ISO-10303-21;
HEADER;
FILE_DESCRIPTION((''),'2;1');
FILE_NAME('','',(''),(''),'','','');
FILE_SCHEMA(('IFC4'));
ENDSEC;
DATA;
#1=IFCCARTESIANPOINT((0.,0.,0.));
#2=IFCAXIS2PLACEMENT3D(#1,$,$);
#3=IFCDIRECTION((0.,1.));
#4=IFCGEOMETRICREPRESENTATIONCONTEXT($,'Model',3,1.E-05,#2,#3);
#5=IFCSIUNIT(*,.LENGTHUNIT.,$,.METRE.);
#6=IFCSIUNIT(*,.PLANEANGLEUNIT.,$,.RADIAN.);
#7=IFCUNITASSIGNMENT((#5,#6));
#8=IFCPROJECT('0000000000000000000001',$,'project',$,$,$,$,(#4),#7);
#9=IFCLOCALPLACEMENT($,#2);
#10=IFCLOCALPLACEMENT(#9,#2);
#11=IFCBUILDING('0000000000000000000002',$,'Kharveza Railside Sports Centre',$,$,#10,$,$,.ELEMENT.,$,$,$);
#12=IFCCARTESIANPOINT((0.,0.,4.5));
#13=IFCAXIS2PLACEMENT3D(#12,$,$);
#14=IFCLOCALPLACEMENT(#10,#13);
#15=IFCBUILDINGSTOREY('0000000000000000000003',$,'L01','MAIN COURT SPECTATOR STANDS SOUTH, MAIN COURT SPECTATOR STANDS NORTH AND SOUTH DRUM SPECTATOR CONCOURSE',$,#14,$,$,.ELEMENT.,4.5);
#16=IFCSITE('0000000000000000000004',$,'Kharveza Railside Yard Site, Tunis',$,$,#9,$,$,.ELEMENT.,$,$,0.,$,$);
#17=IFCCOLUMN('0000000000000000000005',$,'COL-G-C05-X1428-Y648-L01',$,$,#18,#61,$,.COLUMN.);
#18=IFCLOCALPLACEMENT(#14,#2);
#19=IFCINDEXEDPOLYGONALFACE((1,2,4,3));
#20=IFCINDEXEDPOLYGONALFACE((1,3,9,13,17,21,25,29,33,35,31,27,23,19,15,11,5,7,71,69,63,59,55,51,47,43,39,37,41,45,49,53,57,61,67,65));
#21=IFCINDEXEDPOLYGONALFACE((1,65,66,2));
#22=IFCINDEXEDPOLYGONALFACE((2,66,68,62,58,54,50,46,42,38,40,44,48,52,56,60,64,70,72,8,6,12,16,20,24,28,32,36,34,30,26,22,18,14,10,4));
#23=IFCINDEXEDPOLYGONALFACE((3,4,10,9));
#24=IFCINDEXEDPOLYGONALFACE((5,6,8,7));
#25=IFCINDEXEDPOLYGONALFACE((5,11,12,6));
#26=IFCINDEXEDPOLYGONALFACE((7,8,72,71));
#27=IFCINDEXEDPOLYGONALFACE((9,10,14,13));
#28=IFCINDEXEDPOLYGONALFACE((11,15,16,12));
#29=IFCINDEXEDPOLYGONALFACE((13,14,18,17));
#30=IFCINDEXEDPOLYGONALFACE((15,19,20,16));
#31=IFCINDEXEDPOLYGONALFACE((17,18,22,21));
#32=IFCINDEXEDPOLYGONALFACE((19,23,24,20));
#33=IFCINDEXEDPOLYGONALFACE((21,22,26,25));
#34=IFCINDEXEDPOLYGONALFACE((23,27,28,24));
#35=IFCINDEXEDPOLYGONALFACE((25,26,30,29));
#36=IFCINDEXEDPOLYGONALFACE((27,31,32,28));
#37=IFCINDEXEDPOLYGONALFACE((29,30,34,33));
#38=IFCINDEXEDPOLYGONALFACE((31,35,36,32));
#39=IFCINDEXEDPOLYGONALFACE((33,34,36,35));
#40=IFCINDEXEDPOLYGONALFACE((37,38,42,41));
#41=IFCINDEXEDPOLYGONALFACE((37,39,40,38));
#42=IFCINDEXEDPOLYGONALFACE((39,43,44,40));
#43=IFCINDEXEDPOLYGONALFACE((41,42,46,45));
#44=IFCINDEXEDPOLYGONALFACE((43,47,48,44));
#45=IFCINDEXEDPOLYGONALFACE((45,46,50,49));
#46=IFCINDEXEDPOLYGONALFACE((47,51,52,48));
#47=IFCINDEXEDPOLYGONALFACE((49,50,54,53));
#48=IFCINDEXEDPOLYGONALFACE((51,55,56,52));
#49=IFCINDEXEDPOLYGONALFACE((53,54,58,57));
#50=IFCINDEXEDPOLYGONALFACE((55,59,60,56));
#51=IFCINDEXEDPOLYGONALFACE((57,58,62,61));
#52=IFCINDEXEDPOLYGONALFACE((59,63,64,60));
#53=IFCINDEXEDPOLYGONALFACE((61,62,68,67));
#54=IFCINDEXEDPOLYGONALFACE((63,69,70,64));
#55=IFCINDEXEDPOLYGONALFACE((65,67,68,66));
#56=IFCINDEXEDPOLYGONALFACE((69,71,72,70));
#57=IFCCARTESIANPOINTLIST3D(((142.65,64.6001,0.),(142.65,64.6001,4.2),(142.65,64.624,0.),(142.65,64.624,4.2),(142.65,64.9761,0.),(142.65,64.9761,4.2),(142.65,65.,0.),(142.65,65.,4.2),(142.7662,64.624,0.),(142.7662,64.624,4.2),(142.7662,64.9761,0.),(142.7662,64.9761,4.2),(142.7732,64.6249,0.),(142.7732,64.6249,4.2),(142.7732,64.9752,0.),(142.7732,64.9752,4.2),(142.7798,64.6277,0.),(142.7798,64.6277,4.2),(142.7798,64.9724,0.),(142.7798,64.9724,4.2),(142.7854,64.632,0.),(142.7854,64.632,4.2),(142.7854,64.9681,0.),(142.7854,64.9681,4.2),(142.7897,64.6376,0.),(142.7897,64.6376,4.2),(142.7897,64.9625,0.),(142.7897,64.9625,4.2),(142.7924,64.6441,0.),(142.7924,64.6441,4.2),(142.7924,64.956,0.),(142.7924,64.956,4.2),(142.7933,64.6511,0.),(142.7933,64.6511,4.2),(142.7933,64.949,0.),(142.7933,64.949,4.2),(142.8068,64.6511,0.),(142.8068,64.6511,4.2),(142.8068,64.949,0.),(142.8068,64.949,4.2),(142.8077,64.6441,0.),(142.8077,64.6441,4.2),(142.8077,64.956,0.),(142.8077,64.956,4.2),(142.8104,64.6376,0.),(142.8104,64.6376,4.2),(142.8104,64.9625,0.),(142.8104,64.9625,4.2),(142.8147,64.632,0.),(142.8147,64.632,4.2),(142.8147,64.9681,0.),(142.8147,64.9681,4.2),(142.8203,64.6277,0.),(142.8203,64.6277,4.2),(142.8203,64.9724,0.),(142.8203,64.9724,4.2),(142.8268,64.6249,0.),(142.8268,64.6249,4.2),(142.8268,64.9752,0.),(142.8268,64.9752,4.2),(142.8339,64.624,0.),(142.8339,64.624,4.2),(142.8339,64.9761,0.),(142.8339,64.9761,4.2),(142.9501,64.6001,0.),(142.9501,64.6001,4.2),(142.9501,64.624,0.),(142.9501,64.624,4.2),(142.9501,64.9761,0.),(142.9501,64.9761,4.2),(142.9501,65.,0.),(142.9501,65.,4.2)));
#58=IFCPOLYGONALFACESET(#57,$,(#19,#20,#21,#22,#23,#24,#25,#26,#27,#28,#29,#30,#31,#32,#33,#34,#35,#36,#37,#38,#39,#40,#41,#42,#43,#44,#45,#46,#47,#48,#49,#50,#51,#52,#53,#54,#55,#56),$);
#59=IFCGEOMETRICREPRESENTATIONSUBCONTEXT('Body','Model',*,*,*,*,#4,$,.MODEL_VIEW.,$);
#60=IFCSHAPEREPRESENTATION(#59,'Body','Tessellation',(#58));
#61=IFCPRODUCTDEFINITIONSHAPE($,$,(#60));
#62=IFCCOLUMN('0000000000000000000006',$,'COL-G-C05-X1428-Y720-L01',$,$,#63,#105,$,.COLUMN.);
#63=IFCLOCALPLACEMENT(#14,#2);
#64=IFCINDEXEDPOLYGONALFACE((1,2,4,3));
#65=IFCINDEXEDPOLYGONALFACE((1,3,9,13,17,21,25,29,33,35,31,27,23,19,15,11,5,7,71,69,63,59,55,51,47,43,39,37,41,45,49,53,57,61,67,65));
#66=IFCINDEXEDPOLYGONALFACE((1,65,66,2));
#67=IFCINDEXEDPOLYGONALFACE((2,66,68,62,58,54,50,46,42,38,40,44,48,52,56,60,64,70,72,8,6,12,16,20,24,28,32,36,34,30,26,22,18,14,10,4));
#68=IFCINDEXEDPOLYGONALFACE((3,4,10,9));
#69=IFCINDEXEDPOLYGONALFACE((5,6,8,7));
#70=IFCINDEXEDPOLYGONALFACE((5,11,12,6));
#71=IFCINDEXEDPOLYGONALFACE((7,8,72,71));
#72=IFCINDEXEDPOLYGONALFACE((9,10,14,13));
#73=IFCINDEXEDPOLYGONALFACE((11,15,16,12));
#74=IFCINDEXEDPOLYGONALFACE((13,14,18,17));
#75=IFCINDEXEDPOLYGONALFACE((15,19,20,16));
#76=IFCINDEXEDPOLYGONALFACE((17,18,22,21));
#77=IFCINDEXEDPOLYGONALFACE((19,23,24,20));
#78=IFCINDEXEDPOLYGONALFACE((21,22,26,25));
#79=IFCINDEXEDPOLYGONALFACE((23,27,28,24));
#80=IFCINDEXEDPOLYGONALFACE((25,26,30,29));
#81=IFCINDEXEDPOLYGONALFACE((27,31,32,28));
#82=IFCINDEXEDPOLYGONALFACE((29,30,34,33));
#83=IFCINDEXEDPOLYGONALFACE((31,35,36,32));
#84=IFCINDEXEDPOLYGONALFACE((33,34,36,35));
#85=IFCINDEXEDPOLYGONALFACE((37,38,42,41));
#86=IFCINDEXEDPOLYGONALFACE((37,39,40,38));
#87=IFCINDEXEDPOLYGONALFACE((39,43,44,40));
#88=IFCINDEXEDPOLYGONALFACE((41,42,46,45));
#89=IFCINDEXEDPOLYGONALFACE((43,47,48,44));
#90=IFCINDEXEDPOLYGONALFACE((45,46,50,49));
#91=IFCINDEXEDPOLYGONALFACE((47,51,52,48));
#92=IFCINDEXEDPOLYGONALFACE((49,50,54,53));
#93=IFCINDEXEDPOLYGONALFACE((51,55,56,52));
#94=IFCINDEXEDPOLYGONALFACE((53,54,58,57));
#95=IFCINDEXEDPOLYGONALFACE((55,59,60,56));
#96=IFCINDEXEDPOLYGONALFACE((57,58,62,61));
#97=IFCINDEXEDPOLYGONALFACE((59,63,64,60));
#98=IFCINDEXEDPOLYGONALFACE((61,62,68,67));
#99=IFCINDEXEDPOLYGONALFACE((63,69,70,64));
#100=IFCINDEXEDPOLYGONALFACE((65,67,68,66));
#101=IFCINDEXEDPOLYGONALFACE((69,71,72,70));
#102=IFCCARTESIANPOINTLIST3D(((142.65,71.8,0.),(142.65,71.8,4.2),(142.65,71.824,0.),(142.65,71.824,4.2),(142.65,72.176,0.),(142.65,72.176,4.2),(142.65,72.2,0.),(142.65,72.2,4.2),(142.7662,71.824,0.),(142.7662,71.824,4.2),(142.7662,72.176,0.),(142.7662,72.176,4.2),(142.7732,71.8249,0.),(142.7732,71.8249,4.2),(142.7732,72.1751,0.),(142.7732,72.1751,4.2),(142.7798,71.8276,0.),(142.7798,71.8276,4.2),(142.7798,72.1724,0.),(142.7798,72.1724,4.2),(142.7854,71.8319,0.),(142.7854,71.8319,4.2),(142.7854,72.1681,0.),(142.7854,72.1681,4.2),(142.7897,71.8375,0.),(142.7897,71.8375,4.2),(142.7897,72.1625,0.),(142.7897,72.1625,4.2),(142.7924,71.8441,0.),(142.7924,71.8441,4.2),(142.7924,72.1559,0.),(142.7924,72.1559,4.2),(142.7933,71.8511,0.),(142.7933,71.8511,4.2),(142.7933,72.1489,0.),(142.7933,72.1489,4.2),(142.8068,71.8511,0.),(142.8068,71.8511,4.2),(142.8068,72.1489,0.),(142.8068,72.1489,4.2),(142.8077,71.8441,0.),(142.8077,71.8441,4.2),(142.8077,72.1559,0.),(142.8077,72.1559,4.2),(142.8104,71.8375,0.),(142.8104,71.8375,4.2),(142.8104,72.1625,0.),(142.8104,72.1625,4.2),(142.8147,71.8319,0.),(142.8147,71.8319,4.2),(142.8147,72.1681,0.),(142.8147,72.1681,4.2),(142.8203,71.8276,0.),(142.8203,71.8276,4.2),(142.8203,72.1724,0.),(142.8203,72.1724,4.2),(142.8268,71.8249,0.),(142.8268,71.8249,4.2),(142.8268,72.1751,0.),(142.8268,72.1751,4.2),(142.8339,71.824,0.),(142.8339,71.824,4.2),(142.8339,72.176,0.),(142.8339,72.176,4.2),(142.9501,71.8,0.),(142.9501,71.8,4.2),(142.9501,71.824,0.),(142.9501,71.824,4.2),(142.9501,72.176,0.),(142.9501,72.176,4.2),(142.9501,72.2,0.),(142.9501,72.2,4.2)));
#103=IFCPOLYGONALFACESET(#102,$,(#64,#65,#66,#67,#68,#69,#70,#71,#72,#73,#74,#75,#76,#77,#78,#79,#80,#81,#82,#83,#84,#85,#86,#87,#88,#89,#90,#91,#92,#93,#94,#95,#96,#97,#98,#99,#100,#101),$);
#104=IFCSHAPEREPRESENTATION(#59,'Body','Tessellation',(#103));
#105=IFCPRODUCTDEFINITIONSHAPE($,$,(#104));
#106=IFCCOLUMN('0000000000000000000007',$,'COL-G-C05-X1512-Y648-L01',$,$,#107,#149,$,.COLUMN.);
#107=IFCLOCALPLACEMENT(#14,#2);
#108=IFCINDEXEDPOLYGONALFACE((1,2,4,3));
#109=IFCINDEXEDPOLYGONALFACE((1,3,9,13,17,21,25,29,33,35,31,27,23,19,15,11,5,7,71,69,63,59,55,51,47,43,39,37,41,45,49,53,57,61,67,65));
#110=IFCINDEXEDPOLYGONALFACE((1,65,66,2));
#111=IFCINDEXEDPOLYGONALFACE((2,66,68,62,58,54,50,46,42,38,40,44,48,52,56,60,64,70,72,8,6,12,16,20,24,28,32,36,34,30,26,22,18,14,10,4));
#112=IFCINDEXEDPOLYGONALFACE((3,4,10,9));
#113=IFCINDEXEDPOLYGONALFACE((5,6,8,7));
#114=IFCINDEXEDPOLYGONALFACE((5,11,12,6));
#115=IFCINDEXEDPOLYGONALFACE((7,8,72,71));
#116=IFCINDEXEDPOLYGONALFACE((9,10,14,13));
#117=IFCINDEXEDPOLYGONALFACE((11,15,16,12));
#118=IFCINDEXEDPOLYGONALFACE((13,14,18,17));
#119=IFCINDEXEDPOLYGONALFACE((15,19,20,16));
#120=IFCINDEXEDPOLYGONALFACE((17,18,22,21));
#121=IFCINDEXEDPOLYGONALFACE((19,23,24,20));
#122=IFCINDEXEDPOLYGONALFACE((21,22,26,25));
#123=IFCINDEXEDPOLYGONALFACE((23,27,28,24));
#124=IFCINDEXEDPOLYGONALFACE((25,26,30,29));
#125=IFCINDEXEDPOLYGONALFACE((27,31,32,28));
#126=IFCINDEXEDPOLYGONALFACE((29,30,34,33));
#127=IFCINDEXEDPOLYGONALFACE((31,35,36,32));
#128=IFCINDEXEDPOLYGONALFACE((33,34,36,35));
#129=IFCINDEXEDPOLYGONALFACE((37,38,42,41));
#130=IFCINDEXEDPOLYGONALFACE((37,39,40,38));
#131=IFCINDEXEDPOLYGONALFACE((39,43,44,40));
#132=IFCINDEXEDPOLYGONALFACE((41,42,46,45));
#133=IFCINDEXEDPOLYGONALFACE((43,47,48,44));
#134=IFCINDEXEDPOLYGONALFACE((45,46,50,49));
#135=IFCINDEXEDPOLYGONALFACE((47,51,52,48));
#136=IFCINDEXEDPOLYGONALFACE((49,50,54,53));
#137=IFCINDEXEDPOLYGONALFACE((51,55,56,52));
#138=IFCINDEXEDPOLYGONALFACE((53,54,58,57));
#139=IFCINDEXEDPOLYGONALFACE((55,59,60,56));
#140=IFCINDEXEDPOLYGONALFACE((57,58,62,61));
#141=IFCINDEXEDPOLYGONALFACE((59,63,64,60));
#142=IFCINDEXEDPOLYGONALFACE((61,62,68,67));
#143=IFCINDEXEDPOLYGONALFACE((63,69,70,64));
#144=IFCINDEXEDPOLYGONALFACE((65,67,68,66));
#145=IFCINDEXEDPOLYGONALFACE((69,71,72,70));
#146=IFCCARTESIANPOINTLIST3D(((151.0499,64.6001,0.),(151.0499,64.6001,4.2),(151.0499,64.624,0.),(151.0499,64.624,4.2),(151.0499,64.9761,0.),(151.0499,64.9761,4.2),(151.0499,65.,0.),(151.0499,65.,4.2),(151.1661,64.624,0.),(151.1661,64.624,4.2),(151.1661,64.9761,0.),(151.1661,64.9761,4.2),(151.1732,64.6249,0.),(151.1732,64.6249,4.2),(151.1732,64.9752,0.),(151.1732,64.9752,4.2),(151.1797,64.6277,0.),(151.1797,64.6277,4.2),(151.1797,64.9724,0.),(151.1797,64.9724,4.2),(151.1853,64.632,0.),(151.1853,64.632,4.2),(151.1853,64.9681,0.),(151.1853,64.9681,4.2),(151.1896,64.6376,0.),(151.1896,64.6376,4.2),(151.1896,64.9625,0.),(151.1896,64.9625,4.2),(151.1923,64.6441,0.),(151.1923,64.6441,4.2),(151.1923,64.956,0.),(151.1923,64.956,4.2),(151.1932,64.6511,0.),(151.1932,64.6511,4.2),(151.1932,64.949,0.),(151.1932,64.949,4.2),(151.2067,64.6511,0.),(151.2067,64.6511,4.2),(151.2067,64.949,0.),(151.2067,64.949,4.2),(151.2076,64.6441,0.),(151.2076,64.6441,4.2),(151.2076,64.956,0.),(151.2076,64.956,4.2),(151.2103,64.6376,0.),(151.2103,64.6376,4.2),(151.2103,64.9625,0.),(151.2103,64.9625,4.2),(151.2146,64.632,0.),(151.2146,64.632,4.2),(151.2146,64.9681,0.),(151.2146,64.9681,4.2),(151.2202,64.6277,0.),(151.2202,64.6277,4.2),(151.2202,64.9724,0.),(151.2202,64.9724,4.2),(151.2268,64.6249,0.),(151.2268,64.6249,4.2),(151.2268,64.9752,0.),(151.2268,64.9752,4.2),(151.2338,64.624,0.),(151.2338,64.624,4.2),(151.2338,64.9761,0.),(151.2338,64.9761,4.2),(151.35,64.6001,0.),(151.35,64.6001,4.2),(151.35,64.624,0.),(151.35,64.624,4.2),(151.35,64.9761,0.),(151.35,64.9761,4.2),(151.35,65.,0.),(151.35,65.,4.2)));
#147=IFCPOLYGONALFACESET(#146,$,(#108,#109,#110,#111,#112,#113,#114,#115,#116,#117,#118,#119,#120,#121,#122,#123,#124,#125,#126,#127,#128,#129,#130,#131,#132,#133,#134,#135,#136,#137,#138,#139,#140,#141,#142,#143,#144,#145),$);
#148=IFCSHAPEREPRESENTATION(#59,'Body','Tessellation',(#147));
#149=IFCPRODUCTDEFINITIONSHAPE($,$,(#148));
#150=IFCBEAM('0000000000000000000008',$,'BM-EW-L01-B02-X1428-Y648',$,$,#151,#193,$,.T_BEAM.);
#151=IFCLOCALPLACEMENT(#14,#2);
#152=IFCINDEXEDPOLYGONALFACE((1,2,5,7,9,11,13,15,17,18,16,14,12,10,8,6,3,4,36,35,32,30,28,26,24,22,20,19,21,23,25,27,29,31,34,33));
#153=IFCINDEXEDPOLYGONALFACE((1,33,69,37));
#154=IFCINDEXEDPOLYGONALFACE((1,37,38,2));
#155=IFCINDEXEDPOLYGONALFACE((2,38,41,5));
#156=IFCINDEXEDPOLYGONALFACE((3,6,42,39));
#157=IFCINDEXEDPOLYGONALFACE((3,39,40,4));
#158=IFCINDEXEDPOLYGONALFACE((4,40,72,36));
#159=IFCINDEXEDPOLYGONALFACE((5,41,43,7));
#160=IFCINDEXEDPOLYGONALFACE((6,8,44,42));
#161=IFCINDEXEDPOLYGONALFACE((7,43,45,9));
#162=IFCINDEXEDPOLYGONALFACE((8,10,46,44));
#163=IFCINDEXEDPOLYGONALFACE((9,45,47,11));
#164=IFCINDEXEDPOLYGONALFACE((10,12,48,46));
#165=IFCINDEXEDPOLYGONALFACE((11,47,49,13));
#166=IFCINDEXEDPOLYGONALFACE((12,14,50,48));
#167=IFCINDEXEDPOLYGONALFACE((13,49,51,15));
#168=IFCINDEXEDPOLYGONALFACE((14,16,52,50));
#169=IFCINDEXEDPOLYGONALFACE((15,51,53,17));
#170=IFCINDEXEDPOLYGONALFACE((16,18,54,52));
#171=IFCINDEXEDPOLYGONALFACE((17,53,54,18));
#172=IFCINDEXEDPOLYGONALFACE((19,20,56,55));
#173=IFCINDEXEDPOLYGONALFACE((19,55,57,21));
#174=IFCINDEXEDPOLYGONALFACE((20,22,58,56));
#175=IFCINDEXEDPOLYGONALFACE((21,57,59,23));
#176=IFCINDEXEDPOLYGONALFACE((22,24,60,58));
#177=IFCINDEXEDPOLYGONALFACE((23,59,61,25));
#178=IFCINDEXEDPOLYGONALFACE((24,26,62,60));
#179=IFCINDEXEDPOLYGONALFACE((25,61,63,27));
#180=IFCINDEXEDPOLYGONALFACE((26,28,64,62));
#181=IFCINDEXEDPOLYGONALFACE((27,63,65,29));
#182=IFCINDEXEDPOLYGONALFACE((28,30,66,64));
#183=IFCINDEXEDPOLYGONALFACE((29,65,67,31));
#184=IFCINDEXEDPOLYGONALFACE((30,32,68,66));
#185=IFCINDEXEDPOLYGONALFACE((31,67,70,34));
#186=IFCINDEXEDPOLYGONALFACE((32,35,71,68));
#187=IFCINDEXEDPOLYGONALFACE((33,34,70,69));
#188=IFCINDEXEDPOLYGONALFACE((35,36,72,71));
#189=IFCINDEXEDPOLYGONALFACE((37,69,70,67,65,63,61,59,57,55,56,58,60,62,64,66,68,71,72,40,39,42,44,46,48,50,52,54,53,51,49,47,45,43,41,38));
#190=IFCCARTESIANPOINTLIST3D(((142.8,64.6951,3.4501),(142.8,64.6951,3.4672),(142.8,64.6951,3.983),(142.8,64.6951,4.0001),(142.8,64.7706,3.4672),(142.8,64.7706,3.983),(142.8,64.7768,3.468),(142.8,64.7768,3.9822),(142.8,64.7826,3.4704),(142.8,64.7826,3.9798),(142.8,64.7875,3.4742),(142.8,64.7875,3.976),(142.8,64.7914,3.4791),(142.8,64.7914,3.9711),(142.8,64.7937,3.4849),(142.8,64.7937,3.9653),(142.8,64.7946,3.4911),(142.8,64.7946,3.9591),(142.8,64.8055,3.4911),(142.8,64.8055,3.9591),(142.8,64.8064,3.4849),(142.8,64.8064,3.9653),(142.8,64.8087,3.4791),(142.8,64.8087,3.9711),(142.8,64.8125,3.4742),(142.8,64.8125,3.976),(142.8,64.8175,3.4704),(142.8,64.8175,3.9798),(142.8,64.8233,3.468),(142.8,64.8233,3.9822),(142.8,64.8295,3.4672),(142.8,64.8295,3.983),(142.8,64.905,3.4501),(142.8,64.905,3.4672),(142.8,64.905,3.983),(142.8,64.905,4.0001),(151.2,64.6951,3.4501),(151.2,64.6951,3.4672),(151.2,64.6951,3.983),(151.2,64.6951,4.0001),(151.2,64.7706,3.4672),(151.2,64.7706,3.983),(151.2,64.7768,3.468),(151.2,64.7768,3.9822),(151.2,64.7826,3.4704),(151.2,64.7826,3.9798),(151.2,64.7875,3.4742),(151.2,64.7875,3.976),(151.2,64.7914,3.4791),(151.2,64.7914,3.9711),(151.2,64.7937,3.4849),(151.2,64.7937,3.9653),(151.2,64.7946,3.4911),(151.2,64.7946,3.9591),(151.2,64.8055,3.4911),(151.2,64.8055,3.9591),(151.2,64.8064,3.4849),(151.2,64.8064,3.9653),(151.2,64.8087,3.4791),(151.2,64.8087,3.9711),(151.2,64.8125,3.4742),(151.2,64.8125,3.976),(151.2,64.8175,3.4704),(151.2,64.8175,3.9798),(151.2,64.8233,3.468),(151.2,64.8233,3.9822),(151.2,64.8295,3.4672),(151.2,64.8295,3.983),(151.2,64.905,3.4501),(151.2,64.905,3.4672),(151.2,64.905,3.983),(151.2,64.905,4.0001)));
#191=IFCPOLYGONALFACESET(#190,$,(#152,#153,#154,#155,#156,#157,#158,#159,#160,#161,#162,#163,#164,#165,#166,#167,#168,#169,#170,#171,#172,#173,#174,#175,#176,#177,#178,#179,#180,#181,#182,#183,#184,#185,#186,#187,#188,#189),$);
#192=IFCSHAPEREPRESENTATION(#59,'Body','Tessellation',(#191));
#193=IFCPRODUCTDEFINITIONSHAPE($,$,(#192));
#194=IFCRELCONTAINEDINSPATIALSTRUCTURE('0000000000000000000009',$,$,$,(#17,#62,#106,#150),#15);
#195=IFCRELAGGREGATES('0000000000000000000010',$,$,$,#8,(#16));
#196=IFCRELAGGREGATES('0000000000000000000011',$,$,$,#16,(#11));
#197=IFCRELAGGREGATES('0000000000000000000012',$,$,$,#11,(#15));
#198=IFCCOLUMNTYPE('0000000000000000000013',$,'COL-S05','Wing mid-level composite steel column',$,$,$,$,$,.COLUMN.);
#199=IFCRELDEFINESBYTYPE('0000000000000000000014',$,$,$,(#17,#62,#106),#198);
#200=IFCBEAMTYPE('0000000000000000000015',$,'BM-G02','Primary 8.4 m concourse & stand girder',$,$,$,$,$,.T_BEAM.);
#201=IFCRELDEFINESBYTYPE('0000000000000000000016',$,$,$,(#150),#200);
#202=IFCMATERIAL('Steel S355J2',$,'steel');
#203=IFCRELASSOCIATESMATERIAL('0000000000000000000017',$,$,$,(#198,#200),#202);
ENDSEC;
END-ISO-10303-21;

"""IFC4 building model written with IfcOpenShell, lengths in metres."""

from ifc_helpers import new_model, si_unit, direction, frame, origin, origin_2d, place, context, subcontext, project, spatial, i_section, extrude, material, material_profile, profile_set, type_object, element, save


model = new_model("IFC4")

# Units and contexts
model_context = context("Model", 3, precision=1e-05, world=origin(), true_north=direction((0.0, 1.0)))
body_context = subcontext(model_context, "Body", "Model", "MODEL_VIEW")
ifc_project = project(units=[si_unit("LENGTHUNIT", "METRE"), si_unit("PLANEANGLEUNIT", "RADIAN")], contexts=[model_context])

# Site, building, storey
site_placement = place(None, origin())
site = spatial("IfcSite", under=ifc_project, at=site_placement, Name="Kharveza Railside Yard Site, Tunis", CompositionType="ELEMENT", RefElevation=0.0)
building_placement = place(site_placement, origin())
building = spatial("IfcBuilding", under=site, at=building_placement, Name="Kharveza Railside Sports Centre", CompositionType="ELEMENT")
storey_placement = place(building_placement, frame((0.0, 0.0, 4.5)))
storey = spatial("IfcBuildingStorey", under=building, at=storey_placement, Name="L01", Description="MAIN COURT SPECTATOR STANDS SOUTH, MAIN COURT SPECTATOR STANDS NORTH AND SOUTH DRUM SPECTATOR CONCOURSE", CompositionType="ELEMENT", Elevation=4.5)

# Columns
ifc_material_1 = material(Name="Steel S355J2", Category="steel")
ifc_material_profile_1 = material_profile(ifc_material_1, i_section(OverallWidth=0.3, OverallDepth=0.3999, WebThickness=0.0134, FlangeThickness=0.0239, FilletRadius=0.0271, at=origin_2d()), Name="HEB 400")
ifc_profile_set_1 = profile_set([ifc_material_profile_1], Name="Steel S355J2")
column_type = type_object("IfcColumnType", Name="COL-S05", Description="Wing mid-level composite steel column", PredefinedType="COLUMN", material=ifc_profile_set_1)
for number, where, z_axis, x_axis, name in (
    (1, (142.8, 64.8, 0.0), (0.0, 0.0, 1.0), (1.0, 0.0, 0.0), "COL-G-C05-X1428-Y648-L01"),
    (2, (142.8, 72.0, 0.0), (0.0, 0.0, 1.0), (1.0, 0.0, 0.0), "COL-G-C05-X1428-Y720-L01"),
    (3, (151.2, 64.8, 0.0), (0.0, 0.0, 1.0), (1.0, 0.0, 0.0), "COL-G-C05-X1512-Y648-L01"),
):
    element("IfcColumn", number, at=place(storey_placement, frame(where, z_axis=z_axis, x_axis=x_axis)), inside=storey, type_object=column_type, Name=name, PredefinedType="COLUMN", context=body_context, shape_type="SweptSolid", body=[
        extrude(i_section(OverallWidth=0.3, OverallDepth=0.3999, WebThickness=0.0134, FlangeThickness=0.0239, FilletRadius=0.0271, at=origin_2d()), origin(), (0.0, 0.0, 1.0), 4.2),
    ])

# Beam
ifc_material_profile_2 = material_profile(ifc_material_1, i_section(OverallWidth=0.21, OverallDepth=0.55, WebThickness=0.011, FlangeThickness=0.0171, FilletRadius=0.0239, at=origin_2d()), Name="IPE 550")
ifc_profile_set_2 = profile_set([ifc_material_profile_2], Name="Steel S355J2")
beam_type_1 = type_object("IfcBeamType", Name="BM-G02", Description="Primary 8.4 m concourse & stand girder", PredefinedType="T_BEAM", material=ifc_profile_set_2)
beam_1_placement = place(storey_placement, frame((142.8, 64.8, 3.7251), z_axis=(1.0, 0.0, 0.0), x_axis=(0.0, 1.0, 0.0)))
element("IfcBeam", 4, at=beam_1_placement, inside=storey, type_object=beam_type_1, Name="BM-EW-L01-B02-X1428-Y648", PredefinedType="T_BEAM", context=body_context, shape_type="SweptSolid", body=[
    extrude(i_section(OverallWidth=0.21, OverallDepth=0.55, WebThickness=0.011, FlangeThickness=0.0171, FilletRadius=0.0239, at=origin_2d()), origin(), (0.0, 0.0, 1.0), 8.3999),
])

save(model, "model.ifc")
